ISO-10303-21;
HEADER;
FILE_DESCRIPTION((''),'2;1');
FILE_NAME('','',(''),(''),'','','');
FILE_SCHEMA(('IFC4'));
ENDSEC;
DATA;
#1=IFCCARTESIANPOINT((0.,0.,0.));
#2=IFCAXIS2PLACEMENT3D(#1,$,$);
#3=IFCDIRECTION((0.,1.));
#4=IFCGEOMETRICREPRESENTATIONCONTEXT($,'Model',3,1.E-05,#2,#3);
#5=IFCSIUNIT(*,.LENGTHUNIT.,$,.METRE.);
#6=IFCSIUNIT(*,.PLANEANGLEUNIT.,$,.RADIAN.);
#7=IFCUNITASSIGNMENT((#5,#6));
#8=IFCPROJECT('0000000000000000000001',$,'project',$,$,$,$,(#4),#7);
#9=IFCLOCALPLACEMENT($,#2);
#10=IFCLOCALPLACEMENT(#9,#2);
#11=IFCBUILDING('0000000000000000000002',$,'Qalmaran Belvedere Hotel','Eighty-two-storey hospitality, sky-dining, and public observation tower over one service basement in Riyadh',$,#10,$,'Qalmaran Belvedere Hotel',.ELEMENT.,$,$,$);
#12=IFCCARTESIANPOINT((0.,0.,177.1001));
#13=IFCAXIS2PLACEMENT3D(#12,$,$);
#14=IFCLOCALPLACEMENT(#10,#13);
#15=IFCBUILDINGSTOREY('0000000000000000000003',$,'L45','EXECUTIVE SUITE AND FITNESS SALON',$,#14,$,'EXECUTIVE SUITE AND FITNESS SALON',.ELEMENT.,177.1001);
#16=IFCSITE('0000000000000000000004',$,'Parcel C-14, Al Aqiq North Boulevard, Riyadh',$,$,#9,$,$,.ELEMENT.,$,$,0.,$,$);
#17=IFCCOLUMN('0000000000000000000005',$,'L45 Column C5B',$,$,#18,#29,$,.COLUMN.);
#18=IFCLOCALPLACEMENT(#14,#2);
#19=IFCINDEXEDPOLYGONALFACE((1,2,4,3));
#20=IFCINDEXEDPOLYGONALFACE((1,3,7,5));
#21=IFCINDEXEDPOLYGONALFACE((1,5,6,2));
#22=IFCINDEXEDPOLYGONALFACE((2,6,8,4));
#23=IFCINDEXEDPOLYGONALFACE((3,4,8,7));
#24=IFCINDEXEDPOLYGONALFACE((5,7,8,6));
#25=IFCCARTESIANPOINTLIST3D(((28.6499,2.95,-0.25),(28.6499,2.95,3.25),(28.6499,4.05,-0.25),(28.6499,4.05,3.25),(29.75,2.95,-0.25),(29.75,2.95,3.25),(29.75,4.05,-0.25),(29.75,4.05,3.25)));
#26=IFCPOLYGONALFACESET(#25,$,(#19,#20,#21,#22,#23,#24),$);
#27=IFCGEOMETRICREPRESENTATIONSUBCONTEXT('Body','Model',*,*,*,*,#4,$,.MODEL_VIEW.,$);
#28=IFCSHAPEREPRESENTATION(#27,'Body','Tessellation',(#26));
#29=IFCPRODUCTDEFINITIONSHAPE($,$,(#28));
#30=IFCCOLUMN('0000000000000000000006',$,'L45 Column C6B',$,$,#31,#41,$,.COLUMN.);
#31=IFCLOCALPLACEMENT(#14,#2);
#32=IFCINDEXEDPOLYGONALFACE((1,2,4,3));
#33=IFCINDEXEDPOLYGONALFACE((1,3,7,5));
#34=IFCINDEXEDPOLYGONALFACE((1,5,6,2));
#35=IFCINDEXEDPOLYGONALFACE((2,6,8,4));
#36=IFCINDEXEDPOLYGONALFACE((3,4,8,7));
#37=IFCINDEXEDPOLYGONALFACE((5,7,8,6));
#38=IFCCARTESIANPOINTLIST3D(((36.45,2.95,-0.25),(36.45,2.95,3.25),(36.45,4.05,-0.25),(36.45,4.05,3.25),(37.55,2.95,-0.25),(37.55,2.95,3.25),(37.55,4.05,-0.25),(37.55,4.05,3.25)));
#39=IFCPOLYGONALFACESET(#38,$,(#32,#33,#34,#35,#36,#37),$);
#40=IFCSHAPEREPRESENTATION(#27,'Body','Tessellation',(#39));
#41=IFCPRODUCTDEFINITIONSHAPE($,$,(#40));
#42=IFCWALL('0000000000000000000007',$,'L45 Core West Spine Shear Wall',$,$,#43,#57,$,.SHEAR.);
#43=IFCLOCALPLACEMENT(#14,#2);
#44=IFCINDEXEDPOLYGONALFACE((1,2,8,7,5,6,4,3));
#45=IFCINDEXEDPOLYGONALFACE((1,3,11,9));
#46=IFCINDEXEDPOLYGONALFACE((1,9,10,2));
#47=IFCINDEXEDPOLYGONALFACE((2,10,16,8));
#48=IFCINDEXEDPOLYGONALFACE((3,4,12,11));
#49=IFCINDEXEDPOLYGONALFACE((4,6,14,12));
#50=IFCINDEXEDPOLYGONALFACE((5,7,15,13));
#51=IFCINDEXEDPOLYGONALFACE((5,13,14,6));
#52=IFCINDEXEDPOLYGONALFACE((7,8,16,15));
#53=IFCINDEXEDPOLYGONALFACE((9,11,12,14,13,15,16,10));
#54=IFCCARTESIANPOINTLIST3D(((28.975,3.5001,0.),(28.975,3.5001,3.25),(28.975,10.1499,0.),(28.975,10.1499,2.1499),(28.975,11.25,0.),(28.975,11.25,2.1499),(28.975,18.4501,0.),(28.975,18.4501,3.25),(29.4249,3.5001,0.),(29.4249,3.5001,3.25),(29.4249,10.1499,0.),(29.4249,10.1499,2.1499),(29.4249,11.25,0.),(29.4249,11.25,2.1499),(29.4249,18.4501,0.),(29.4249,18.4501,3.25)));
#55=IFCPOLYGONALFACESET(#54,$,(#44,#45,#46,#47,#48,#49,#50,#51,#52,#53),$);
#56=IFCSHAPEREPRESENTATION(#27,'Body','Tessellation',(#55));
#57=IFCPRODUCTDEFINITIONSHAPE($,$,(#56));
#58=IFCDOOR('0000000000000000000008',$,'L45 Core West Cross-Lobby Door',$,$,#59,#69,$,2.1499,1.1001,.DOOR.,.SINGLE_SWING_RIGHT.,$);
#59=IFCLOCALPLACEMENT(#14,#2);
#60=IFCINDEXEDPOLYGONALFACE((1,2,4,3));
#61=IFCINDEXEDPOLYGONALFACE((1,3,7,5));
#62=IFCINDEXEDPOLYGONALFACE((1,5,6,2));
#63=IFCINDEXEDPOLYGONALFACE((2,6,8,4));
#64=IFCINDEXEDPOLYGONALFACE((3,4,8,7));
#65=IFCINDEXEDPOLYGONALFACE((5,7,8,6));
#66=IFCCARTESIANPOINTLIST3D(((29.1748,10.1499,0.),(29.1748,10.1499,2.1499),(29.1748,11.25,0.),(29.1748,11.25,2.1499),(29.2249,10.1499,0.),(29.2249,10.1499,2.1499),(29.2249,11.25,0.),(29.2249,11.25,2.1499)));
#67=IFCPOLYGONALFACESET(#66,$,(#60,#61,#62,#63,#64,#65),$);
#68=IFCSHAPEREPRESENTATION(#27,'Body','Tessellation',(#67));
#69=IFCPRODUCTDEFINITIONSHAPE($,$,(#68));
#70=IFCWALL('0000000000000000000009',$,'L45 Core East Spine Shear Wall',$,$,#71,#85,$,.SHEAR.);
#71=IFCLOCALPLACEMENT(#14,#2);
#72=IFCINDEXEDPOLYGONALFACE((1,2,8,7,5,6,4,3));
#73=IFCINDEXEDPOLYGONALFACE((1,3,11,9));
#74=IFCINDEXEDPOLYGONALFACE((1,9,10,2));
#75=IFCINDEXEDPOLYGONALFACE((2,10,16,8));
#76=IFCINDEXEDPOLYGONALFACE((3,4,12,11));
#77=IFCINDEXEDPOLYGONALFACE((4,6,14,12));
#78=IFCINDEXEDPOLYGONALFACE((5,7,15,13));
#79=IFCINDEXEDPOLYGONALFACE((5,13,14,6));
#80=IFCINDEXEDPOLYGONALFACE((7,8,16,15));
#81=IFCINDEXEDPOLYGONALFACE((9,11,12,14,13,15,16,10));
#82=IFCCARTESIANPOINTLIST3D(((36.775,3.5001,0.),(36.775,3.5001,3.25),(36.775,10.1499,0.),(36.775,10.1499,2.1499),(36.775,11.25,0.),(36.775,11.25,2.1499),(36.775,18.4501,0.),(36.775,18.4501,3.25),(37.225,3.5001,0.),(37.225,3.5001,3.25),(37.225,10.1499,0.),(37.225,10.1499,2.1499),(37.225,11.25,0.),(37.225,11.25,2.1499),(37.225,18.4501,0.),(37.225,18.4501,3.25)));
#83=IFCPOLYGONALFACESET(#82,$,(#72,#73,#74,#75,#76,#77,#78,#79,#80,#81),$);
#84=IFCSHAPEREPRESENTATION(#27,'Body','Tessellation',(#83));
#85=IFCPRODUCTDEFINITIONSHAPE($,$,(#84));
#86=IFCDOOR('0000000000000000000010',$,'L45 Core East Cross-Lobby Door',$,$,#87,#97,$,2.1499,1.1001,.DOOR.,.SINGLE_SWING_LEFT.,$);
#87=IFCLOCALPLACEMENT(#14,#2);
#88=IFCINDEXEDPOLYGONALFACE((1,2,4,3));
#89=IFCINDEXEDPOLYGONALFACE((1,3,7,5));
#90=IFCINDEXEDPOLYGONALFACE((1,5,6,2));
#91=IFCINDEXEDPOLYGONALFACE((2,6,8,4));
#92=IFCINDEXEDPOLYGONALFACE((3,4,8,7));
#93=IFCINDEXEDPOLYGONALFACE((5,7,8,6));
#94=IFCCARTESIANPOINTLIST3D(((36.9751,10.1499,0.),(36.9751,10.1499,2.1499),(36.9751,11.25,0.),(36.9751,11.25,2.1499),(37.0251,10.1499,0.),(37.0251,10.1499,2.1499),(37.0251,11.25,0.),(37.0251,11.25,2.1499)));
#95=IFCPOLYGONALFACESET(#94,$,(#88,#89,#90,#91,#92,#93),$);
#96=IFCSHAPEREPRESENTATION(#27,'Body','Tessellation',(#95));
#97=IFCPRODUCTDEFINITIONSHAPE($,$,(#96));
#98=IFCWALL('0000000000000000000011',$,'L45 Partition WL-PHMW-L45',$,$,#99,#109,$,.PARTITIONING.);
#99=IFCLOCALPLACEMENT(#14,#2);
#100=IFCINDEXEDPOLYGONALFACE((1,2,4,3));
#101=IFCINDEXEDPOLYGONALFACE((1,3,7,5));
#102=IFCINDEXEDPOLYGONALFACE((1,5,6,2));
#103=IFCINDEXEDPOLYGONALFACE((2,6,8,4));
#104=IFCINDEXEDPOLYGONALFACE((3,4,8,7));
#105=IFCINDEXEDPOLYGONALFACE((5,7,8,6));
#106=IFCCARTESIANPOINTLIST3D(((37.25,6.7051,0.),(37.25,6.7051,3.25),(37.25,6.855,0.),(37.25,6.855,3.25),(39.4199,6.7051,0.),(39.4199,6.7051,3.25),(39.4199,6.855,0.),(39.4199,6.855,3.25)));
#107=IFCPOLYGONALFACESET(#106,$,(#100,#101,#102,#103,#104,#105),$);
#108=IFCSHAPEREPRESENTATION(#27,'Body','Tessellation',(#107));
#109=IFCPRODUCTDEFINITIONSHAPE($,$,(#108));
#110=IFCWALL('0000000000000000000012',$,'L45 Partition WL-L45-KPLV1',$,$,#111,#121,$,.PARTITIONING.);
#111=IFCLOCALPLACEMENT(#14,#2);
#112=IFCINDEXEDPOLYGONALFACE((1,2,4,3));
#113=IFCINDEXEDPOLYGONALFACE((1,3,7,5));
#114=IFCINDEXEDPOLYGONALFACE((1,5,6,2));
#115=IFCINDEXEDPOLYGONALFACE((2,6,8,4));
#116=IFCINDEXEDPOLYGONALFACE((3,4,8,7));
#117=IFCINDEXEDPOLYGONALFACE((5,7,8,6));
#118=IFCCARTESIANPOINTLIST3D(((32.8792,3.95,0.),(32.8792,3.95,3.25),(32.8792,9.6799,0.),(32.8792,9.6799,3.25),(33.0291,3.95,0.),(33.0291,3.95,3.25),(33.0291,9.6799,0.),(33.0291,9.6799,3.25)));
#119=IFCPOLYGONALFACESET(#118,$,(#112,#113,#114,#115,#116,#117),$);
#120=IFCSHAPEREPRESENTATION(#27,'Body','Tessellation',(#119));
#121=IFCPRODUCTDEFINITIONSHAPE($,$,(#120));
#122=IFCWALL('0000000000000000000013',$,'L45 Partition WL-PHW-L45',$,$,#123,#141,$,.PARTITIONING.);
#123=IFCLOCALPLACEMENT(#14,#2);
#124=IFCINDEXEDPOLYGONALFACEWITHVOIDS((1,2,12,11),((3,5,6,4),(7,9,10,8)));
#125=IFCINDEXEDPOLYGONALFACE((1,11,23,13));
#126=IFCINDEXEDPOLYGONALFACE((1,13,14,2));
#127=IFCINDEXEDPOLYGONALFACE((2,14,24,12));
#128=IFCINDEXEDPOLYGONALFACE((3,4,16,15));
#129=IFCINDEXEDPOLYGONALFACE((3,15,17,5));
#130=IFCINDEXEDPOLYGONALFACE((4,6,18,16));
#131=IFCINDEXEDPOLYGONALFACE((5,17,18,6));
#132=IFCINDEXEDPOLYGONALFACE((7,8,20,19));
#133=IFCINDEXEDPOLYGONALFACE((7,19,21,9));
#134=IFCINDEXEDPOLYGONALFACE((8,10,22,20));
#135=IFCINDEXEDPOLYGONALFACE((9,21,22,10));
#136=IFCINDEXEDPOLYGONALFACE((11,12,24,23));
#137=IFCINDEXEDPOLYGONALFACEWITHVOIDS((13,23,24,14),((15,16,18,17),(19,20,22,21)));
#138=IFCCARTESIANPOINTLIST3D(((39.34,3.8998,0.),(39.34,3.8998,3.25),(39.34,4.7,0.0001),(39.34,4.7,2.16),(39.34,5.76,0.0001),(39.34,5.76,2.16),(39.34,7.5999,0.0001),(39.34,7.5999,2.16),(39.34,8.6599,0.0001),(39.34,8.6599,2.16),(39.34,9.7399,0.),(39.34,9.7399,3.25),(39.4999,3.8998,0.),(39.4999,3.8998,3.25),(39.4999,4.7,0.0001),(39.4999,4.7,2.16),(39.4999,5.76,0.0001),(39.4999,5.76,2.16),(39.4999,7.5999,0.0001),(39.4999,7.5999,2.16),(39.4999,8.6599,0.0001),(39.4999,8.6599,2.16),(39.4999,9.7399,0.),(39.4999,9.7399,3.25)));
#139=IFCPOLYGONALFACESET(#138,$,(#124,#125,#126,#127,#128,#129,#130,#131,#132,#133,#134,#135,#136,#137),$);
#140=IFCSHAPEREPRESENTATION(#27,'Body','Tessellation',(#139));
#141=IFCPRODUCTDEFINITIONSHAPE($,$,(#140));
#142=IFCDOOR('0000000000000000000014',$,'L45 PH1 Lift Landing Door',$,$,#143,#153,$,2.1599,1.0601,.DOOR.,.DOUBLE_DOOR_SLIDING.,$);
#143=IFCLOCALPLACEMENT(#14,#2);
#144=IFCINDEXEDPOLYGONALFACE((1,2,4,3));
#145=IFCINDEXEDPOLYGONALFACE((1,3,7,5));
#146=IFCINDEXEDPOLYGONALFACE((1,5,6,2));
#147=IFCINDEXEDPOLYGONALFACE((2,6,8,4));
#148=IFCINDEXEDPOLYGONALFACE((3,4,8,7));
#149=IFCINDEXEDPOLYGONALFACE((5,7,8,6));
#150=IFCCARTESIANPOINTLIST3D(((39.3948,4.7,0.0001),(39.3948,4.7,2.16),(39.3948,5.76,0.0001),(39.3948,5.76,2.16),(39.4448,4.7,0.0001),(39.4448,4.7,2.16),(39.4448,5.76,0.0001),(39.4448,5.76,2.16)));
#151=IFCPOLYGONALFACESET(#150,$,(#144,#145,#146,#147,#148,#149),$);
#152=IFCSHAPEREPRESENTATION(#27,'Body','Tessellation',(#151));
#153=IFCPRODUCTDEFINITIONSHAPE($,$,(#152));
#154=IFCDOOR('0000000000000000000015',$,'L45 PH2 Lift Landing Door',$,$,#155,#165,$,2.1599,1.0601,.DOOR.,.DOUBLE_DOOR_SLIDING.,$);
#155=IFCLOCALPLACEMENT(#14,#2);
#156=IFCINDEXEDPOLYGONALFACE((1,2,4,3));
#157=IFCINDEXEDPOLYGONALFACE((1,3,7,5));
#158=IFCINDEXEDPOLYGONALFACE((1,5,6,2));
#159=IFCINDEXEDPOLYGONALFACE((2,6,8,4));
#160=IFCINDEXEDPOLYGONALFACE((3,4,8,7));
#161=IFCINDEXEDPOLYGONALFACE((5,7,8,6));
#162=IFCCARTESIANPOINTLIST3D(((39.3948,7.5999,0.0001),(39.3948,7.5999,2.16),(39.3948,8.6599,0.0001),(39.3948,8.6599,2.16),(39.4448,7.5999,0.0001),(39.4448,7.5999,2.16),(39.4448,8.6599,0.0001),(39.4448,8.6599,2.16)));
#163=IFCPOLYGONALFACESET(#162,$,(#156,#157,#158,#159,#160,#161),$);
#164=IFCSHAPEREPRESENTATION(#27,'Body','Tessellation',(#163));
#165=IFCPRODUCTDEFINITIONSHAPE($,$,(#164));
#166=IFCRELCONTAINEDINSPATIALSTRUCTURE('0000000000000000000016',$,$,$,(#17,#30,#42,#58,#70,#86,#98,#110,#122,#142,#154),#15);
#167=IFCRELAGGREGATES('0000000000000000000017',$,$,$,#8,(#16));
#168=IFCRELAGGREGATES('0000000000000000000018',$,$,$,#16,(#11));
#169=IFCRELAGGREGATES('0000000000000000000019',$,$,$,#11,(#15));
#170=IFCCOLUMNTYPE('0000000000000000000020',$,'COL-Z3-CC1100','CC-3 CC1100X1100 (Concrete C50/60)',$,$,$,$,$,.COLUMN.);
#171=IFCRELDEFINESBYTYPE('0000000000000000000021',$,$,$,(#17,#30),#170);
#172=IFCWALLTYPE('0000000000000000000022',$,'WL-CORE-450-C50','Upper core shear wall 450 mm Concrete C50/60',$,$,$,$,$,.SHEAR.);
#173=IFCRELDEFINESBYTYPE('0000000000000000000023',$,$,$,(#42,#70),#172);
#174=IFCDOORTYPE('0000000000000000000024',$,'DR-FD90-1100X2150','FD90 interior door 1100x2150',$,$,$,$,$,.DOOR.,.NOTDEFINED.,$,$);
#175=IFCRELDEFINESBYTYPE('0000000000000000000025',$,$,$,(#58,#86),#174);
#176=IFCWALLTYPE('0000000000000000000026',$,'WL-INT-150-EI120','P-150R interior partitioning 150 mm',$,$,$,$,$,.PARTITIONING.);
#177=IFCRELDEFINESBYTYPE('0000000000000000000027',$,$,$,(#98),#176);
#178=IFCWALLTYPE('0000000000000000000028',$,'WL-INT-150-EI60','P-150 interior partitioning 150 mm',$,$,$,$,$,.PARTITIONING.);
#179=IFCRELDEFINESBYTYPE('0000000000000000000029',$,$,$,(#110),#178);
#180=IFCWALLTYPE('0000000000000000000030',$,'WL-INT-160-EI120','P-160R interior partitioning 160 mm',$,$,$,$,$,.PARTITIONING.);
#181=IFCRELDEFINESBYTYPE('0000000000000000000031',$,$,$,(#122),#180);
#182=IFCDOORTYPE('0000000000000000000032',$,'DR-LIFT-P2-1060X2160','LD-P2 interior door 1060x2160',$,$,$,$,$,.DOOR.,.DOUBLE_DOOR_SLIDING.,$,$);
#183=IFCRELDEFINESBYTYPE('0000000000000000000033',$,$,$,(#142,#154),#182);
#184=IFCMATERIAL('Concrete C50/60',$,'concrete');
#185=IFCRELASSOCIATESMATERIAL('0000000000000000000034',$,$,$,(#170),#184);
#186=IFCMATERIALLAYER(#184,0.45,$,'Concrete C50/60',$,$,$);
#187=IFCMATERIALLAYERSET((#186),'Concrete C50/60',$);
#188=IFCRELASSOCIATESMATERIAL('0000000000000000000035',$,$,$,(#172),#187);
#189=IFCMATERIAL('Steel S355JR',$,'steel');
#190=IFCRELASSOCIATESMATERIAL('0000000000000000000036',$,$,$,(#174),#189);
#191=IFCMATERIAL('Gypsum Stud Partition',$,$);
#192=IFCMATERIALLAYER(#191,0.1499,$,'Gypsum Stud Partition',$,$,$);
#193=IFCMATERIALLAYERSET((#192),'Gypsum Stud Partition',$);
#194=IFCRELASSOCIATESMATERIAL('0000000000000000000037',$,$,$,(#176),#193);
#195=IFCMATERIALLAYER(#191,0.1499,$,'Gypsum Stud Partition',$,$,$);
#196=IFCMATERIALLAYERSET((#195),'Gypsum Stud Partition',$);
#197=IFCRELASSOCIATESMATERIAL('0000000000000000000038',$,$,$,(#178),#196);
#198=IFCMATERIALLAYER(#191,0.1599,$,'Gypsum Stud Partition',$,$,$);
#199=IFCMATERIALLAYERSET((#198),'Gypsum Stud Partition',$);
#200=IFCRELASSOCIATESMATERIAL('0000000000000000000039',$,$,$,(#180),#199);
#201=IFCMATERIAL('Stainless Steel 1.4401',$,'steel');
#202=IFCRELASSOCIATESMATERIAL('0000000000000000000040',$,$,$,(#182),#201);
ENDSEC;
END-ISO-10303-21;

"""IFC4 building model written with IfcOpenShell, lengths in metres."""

from ifc_helpers import new_model, si_unit, direction, frame, frame_2d, origin, origin_2d, place, context, subcontext, project, spatial, rectangle, extrude, material, layer, layer_set, material_profile, profile_set, type_object, element, fill, save


model = new_model("IFC4")

# Units and contexts
model_context = context("Model", 3, precision=1e-05, world=origin(), true_north=direction((0.0, 1.0)))
body_context = subcontext(model_context, "Body", "Model", "MODEL_VIEW")
ifc_project = project(units=[si_unit("LENGTHUNIT", "METRE"), si_unit("PLANEANGLEUNIT", "RADIAN")], contexts=[model_context])

# Site, building, storey
site_placement = place(None, origin())
site = spatial("IfcSite", under=ifc_project, at=site_placement, Name="Parcel C-14, Al Aqiq North Boulevard, Riyadh", CompositionType="ELEMENT", RefElevation=0.0)
building_placement = place(site_placement, origin())
building = spatial("IfcBuilding", under=site, at=building_placement, Name="Qalmaran Belvedere Hotel", Description="Eighty-two-storey hospitality, sky-dining, and public observation tower over one service basement in Riyadh", LongName="Qalmaran Belvedere Hotel", CompositionType="ELEMENT")
storey_placement = place(building_placement, frame((0.0, 0.0, 177.1001)))
storey = spatial("IfcBuildingStorey", under=building, at=storey_placement, Name="L45", Description="EXECUTIVE SUITE AND FITNESS SALON", LongName="EXECUTIVE SUITE AND FITNESS SALON", CompositionType="ELEMENT", Elevation=177.1001)

# Columns
ifc_material_1 = material(Name="Concrete C50/60", Category="concrete")
ifc_material_profile = material_profile(ifc_material_1, rectangle(XDim=1.1001, YDim=1.1001, at=origin_2d()), Name="CC1100X1100")
ifc_profile_set = profile_set([ifc_material_profile], Name="Concrete C50/60")
column_type = type_object("IfcColumnType", Name="COL-Z3-CC1100", Description="CC-3 CC1100X1100 (Concrete C50/60)", PredefinedType="COLUMN", material=ifc_profile_set)
for number, where, z_axis, x_axis, name in (
    (1, (29.2, 3.5, -0.25), (0.0, 0.0, 1.0), (1.0, 0.0, 0.0), "L45 Column C5B"),
    (2, (37.0, 3.5, -0.25), (0.0, 0.0, 1.0), (1.0, 0.0, 0.0), "L45 Column C6B"),
):
    element("IfcColumn", number, at=place(storey_placement, frame(where, z_axis=z_axis, x_axis=x_axis)), inside=storey, type_object=column_type, Name=name, PredefinedType="COLUMN", context=body_context, shape_type="SweptSolid", body=[
        extrude(rectangle(XDim=1.1001, YDim=1.1001, at=origin_2d()), origin(), (0.0, 0.0, 1.0), 3.5),
    ])

# Walls, openings, doors
ifc_layer_1 = layer(ifc_material_1, 0.45, Name="Concrete C50/60")
ifc_layer_set_1 = layer_set([ifc_layer_1], Name="Concrete C50/60")
wall_type_1 = type_object("IfcWallType", Name="WL-CORE-450-C50", Description="Upper core shear wall 450 mm Concrete C50/60", PredefinedType="SHEAR", material=ifc_layer_set_1)
wall_1_placement = place(storey_placement, frame((29.2, 3.5, 0.0), z_axis=(0.0, 0.0, 1.0), x_axis=(0.0, 1.0, 0.0)))
wall_1 = element("IfcWall", 3, at=wall_1_placement, inside=storey, type_object=wall_type_1, Name="L45 Core West Spine Shear Wall", PredefinedType="SHEAR", context=body_context, shape_type="SweptSolid", body=[
    extrude(rectangle(XDim=14.95, YDim=0.45, at=frame_2d((7.4751, 0.0))), origin(), (0.0, 0.0, 1.0), 3.25),
])
opening_1_placement = place(wall_1_placement, frame((7.75, 0.0, 0.0), z_axis=(0.0, 0.0, 1.0), x_axis=(-1.0, 0.0, 0.0)))
opening_1 = element("IfcOpeningElement", 4, at=opening_1_placement, cuts=wall_1, PredefinedType="OPENING", context=body_context, shape_type="SweptSolid", body=[
    extrude(rectangle(XDim=1.1001, YDim=2.1499, at=frame_2d((0.55, 1.075))), frame((0.0, 0.2349, 0.0), z_axis=(0.0, -1.0, 0.0), x_axis=(1.0, 0.0, 0.0)), (0.0, 0.0, 1.0), 0.47),
])
ifc_material_2 = material(Name="Steel S355JR", Category="steel")
door_type_1 = type_object("IfcDoorType", Name="DR-FD90-1100X2150", Description="FD90 interior door 1100x2150", OperationType="NOTDEFINED", PredefinedType="DOOR", material=ifc_material_2)
door_1_placement = place(opening_1_placement, origin())
door_1 = element("IfcDoor", 5, at=door_1_placement, inside=storey, type_object=door_type_1, Name="L45 Core West Cross-Lobby Door", OperationType="SINGLE_SWING_RIGHT", OverallHeight=2.1499, OverallWidth=1.1001, PredefinedType="DOOR", context=body_context, shape_type="SweptSolid", body=[
    extrude(rectangle(XDim=1.1001, YDim=2.1499, at=frame_2d((0.55, 1.075))), frame((0.0, 0.0249, 0.0), z_axis=(0.0, -1.0, 0.0), x_axis=(1.0, 0.0, 0.0)), (0.0, 0.0, 1.0), 0.05),
])
fill(opening_1, door_1)
wall_2_placement = place(storey_placement, frame((37.0, 3.5, 0.0), z_axis=(0.0, 0.0, 1.0), x_axis=(0.0, 1.0, 0.0)))
wall_2 = element("IfcWall", 6, at=wall_2_placement, inside=storey, type_object=wall_type_1, Name="L45 Core East Spine Shear Wall", PredefinedType="SHEAR", context=body_context, shape_type="SweptSolid", body=[
    extrude(rectangle(XDim=14.95, YDim=0.45, at=frame_2d((7.4751, 0.0))), origin(), (0.0, 0.0, 1.0), 3.25),
])
opening_2_placement = place(wall_2_placement, frame((6.6499, 0.0, 0.0)))
opening_2 = element("IfcOpeningElement", 7, at=opening_2_placement, cuts=wall_2, PredefinedType="OPENING", context=body_context, shape_type="SweptSolid", body=[
    extrude(rectangle(XDim=1.1001, YDim=2.1499, at=frame_2d((0.55, 1.075))), frame((0.0, 0.2349, 0.0), z_axis=(0.0, -1.0, 0.0), x_axis=(1.0, 0.0, 0.0)), (0.0, 0.0, 1.0), 0.47),
])
door_2_placement = place(opening_2_placement, origin())
door_2 = element("IfcDoor", 8, at=door_2_placement, inside=storey, type_object=door_type_1, Name="L45 Core East Cross-Lobby Door", OperationType="SINGLE_SWING_LEFT", OverallHeight=2.1499, OverallWidth=1.1001, PredefinedType="DOOR", context=body_context, shape_type="SweptSolid", body=[
    extrude(rectangle(XDim=1.1001, YDim=2.1499, at=frame_2d((0.55, 1.075))), frame((0.0, 0.0249, 0.0), z_axis=(0.0, -1.0, 0.0), x_axis=(1.0, 0.0, 0.0)), (0.0, 0.0, 1.0), 0.05),
])
fill(opening_2, door_2)

# Walls
ifc_material_3 = material(Name="Gypsum Stud Partition")
ifc_layer_2 = layer(ifc_material_3, 0.1499, Name="Gypsum Stud Partition")
ifc_layer_set_2 = layer_set([ifc_layer_2], Name="Gypsum Stud Partition")
wall_type_2 = type_object("IfcWallType", Name="WL-INT-150-EI120", Description="P-150R interior partitioning 150 mm", PredefinedType="PARTITIONING", material=ifc_layer_set_2)
wall_3_placement = place(storey_placement, frame((37.25, 6.78, 0.0), z_axis=(0.0, 0.0, 1.0), x_axis=(1.0, 0.0, 0.0)))
element("IfcWall", 9, at=wall_3_placement, inside=storey, type_object=wall_type_2, Name="L45 Partition WL-PHMW-L45", PredefinedType="PARTITIONING", context=body_context, shape_type="SweptSolid", body=[
    extrude(rectangle(XDim=2.1699, YDim=0.1499, at=frame_2d((1.085, 0.0))), origin(), (0.0, 0.0, 1.0), 3.25),
])
ifc_layer_3 = layer(ifc_material_3, 0.1499, Name="Gypsum Stud Partition")
ifc_layer_set_3 = layer_set([ifc_layer_3], Name="Gypsum Stud Partition")
wall_type_3 = type_object("IfcWallType", Name="WL-INT-150-EI60", Description="P-150 interior partitioning 150 mm", PredefinedType="PARTITIONING", material=ifc_layer_set_3)
wall_4_placement = place(storey_placement, frame((32.9541, 3.95, 0.0), z_axis=(0.0, 0.0, 1.0), x_axis=(0.0, 1.0, 0.0)))
element("IfcWall", 10, at=wall_4_placement, inside=storey, type_object=wall_type_3, Name="L45 Partition WL-L45-KPLV1", PredefinedType="PARTITIONING", context=body_context, shape_type="SweptSolid", body=[
    extrude(rectangle(XDim=5.73, YDim=0.1499, at=frame_2d((2.865, 0.0))), origin(), (0.0, 0.0, 1.0), 3.25),
])

# Wall, openings, doors
ifc_layer_4 = layer(ifc_material_3, 0.1599, Name="Gypsum Stud Partition")
ifc_layer_set_4 = layer_set([ifc_layer_4], Name="Gypsum Stud Partition")
wall_type_4 = type_object("IfcWallType", Name="WL-INT-160-EI120", Description="P-160R interior partitioning 160 mm", PredefinedType="PARTITIONING", material=ifc_layer_set_4)
wall_5_placement = place(storey_placement, frame((39.4199, 3.8999, 0.0), z_axis=(0.0, 0.0, 1.0), x_axis=(0.0, 1.0, 0.0)))
wall_5 = element("IfcWall", 11, at=wall_5_placement, inside=storey, type_object=wall_type_4, Name="L45 Partition WL-PHW-L45", PredefinedType="PARTITIONING", context=body_context, shape_type="SweptSolid", body=[
    extrude(rectangle(XDim=5.8401, YDim=0.1599, at=frame_2d((2.9199, 0.0))), origin(), (0.0, 0.0, 1.0), 3.25),
])
opening_3_placement = place(wall_5_placement, frame((1.8601, 0.0, 0.0), z_axis=(0.0, 0.0, 1.0), x_axis=(-1.0, 0.0, 0.0)))
opening_3 = element("IfcOpeningElement", 12, at=opening_3_placement, cuts=wall_5, PredefinedType="OPENING", context=body_context, shape_type="SweptSolid", body=[
    extrude(rectangle(XDim=1.0601, YDim=2.1599, at=frame_2d((0.53, 1.0801))), frame((0.0, 0.0898, 0.0), z_axis=(0.0, -1.0, 0.0), x_axis=(1.0, 0.0, 0.0)), (0.0, 0.0, 1.0), 0.1799),
])
opening_4_placement = place(wall_5_placement, frame((4.76, 0.0, 0.0), z_axis=(0.0, 0.0, 1.0), x_axis=(-1.0, 0.0, 0.0)))
opening_4 = element("IfcOpeningElement", 13, at=opening_4_placement, cuts=wall_5, PredefinedType="OPENING", context=body_context, shape_type="SweptSolid", body=[
    extrude(rectangle(XDim=1.0601, YDim=2.1599, at=frame_2d((0.53, 1.0801))), frame((0.0, 0.0898, 0.0), z_axis=(0.0, -1.0, 0.0), x_axis=(1.0, 0.0, 0.0)), (0.0, 0.0, 1.0), 0.1799),
])
ifc_material_4 = material(Name="Stainless Steel 1.4401", Category="steel")
door_type_2 = type_object("IfcDoorType", Name="DR-LIFT-P2-1060X2160", Description="LD-P2 interior door 1060x2160", OperationType="DOUBLE_DOOR_SLIDING", PredefinedType="DOOR", material=ifc_material_4)
door_3_placement = place(opening_3_placement, origin())
door_3 = element("IfcDoor", 14, at=door_3_placement, inside=storey, type_object=door_type_2, Name="L45 PH1 Lift Landing Door", OperationType="DOUBLE_DOOR_SLIDING", OverallHeight=2.1599, OverallWidth=1.0601, PredefinedType="DOOR", context=body_context, shape_type="SweptSolid", body=[
    extrude(rectangle(XDim=1.0601, YDim=2.1599, at=frame_2d((0.53, 1.0801))), frame((0.0, 0.0249, 0.0), z_axis=(0.0, -1.0, 0.0), x_axis=(1.0, 0.0, 0.0)), (0.0, 0.0, 1.0), 0.05),
])
fill(opening_3, door_3)
door_4_placement = place(opening_4_placement, origin())
door_4 = element("IfcDoor", 15, at=door_4_placement, inside=storey, type_object=door_type_2, Name="L45 PH2 Lift Landing Door", OperationType="DOUBLE_DOOR_SLIDING", OverallHeight=2.1599, OverallWidth=1.0601, PredefinedType="DOOR", context=body_context, shape_type="SweptSolid", body=[
    extrude(rectangle(XDim=1.0601, YDim=2.1599, at=frame_2d((0.53, 1.0801))), frame((0.0, 0.0249, 0.0), z_axis=(0.0, -1.0, 0.0), x_axis=(1.0, 0.0, 0.0)), (0.0, 0.0, 1.0), 0.05),
])
fill(opening_4, door_4)

save(model, "model.ifc")
